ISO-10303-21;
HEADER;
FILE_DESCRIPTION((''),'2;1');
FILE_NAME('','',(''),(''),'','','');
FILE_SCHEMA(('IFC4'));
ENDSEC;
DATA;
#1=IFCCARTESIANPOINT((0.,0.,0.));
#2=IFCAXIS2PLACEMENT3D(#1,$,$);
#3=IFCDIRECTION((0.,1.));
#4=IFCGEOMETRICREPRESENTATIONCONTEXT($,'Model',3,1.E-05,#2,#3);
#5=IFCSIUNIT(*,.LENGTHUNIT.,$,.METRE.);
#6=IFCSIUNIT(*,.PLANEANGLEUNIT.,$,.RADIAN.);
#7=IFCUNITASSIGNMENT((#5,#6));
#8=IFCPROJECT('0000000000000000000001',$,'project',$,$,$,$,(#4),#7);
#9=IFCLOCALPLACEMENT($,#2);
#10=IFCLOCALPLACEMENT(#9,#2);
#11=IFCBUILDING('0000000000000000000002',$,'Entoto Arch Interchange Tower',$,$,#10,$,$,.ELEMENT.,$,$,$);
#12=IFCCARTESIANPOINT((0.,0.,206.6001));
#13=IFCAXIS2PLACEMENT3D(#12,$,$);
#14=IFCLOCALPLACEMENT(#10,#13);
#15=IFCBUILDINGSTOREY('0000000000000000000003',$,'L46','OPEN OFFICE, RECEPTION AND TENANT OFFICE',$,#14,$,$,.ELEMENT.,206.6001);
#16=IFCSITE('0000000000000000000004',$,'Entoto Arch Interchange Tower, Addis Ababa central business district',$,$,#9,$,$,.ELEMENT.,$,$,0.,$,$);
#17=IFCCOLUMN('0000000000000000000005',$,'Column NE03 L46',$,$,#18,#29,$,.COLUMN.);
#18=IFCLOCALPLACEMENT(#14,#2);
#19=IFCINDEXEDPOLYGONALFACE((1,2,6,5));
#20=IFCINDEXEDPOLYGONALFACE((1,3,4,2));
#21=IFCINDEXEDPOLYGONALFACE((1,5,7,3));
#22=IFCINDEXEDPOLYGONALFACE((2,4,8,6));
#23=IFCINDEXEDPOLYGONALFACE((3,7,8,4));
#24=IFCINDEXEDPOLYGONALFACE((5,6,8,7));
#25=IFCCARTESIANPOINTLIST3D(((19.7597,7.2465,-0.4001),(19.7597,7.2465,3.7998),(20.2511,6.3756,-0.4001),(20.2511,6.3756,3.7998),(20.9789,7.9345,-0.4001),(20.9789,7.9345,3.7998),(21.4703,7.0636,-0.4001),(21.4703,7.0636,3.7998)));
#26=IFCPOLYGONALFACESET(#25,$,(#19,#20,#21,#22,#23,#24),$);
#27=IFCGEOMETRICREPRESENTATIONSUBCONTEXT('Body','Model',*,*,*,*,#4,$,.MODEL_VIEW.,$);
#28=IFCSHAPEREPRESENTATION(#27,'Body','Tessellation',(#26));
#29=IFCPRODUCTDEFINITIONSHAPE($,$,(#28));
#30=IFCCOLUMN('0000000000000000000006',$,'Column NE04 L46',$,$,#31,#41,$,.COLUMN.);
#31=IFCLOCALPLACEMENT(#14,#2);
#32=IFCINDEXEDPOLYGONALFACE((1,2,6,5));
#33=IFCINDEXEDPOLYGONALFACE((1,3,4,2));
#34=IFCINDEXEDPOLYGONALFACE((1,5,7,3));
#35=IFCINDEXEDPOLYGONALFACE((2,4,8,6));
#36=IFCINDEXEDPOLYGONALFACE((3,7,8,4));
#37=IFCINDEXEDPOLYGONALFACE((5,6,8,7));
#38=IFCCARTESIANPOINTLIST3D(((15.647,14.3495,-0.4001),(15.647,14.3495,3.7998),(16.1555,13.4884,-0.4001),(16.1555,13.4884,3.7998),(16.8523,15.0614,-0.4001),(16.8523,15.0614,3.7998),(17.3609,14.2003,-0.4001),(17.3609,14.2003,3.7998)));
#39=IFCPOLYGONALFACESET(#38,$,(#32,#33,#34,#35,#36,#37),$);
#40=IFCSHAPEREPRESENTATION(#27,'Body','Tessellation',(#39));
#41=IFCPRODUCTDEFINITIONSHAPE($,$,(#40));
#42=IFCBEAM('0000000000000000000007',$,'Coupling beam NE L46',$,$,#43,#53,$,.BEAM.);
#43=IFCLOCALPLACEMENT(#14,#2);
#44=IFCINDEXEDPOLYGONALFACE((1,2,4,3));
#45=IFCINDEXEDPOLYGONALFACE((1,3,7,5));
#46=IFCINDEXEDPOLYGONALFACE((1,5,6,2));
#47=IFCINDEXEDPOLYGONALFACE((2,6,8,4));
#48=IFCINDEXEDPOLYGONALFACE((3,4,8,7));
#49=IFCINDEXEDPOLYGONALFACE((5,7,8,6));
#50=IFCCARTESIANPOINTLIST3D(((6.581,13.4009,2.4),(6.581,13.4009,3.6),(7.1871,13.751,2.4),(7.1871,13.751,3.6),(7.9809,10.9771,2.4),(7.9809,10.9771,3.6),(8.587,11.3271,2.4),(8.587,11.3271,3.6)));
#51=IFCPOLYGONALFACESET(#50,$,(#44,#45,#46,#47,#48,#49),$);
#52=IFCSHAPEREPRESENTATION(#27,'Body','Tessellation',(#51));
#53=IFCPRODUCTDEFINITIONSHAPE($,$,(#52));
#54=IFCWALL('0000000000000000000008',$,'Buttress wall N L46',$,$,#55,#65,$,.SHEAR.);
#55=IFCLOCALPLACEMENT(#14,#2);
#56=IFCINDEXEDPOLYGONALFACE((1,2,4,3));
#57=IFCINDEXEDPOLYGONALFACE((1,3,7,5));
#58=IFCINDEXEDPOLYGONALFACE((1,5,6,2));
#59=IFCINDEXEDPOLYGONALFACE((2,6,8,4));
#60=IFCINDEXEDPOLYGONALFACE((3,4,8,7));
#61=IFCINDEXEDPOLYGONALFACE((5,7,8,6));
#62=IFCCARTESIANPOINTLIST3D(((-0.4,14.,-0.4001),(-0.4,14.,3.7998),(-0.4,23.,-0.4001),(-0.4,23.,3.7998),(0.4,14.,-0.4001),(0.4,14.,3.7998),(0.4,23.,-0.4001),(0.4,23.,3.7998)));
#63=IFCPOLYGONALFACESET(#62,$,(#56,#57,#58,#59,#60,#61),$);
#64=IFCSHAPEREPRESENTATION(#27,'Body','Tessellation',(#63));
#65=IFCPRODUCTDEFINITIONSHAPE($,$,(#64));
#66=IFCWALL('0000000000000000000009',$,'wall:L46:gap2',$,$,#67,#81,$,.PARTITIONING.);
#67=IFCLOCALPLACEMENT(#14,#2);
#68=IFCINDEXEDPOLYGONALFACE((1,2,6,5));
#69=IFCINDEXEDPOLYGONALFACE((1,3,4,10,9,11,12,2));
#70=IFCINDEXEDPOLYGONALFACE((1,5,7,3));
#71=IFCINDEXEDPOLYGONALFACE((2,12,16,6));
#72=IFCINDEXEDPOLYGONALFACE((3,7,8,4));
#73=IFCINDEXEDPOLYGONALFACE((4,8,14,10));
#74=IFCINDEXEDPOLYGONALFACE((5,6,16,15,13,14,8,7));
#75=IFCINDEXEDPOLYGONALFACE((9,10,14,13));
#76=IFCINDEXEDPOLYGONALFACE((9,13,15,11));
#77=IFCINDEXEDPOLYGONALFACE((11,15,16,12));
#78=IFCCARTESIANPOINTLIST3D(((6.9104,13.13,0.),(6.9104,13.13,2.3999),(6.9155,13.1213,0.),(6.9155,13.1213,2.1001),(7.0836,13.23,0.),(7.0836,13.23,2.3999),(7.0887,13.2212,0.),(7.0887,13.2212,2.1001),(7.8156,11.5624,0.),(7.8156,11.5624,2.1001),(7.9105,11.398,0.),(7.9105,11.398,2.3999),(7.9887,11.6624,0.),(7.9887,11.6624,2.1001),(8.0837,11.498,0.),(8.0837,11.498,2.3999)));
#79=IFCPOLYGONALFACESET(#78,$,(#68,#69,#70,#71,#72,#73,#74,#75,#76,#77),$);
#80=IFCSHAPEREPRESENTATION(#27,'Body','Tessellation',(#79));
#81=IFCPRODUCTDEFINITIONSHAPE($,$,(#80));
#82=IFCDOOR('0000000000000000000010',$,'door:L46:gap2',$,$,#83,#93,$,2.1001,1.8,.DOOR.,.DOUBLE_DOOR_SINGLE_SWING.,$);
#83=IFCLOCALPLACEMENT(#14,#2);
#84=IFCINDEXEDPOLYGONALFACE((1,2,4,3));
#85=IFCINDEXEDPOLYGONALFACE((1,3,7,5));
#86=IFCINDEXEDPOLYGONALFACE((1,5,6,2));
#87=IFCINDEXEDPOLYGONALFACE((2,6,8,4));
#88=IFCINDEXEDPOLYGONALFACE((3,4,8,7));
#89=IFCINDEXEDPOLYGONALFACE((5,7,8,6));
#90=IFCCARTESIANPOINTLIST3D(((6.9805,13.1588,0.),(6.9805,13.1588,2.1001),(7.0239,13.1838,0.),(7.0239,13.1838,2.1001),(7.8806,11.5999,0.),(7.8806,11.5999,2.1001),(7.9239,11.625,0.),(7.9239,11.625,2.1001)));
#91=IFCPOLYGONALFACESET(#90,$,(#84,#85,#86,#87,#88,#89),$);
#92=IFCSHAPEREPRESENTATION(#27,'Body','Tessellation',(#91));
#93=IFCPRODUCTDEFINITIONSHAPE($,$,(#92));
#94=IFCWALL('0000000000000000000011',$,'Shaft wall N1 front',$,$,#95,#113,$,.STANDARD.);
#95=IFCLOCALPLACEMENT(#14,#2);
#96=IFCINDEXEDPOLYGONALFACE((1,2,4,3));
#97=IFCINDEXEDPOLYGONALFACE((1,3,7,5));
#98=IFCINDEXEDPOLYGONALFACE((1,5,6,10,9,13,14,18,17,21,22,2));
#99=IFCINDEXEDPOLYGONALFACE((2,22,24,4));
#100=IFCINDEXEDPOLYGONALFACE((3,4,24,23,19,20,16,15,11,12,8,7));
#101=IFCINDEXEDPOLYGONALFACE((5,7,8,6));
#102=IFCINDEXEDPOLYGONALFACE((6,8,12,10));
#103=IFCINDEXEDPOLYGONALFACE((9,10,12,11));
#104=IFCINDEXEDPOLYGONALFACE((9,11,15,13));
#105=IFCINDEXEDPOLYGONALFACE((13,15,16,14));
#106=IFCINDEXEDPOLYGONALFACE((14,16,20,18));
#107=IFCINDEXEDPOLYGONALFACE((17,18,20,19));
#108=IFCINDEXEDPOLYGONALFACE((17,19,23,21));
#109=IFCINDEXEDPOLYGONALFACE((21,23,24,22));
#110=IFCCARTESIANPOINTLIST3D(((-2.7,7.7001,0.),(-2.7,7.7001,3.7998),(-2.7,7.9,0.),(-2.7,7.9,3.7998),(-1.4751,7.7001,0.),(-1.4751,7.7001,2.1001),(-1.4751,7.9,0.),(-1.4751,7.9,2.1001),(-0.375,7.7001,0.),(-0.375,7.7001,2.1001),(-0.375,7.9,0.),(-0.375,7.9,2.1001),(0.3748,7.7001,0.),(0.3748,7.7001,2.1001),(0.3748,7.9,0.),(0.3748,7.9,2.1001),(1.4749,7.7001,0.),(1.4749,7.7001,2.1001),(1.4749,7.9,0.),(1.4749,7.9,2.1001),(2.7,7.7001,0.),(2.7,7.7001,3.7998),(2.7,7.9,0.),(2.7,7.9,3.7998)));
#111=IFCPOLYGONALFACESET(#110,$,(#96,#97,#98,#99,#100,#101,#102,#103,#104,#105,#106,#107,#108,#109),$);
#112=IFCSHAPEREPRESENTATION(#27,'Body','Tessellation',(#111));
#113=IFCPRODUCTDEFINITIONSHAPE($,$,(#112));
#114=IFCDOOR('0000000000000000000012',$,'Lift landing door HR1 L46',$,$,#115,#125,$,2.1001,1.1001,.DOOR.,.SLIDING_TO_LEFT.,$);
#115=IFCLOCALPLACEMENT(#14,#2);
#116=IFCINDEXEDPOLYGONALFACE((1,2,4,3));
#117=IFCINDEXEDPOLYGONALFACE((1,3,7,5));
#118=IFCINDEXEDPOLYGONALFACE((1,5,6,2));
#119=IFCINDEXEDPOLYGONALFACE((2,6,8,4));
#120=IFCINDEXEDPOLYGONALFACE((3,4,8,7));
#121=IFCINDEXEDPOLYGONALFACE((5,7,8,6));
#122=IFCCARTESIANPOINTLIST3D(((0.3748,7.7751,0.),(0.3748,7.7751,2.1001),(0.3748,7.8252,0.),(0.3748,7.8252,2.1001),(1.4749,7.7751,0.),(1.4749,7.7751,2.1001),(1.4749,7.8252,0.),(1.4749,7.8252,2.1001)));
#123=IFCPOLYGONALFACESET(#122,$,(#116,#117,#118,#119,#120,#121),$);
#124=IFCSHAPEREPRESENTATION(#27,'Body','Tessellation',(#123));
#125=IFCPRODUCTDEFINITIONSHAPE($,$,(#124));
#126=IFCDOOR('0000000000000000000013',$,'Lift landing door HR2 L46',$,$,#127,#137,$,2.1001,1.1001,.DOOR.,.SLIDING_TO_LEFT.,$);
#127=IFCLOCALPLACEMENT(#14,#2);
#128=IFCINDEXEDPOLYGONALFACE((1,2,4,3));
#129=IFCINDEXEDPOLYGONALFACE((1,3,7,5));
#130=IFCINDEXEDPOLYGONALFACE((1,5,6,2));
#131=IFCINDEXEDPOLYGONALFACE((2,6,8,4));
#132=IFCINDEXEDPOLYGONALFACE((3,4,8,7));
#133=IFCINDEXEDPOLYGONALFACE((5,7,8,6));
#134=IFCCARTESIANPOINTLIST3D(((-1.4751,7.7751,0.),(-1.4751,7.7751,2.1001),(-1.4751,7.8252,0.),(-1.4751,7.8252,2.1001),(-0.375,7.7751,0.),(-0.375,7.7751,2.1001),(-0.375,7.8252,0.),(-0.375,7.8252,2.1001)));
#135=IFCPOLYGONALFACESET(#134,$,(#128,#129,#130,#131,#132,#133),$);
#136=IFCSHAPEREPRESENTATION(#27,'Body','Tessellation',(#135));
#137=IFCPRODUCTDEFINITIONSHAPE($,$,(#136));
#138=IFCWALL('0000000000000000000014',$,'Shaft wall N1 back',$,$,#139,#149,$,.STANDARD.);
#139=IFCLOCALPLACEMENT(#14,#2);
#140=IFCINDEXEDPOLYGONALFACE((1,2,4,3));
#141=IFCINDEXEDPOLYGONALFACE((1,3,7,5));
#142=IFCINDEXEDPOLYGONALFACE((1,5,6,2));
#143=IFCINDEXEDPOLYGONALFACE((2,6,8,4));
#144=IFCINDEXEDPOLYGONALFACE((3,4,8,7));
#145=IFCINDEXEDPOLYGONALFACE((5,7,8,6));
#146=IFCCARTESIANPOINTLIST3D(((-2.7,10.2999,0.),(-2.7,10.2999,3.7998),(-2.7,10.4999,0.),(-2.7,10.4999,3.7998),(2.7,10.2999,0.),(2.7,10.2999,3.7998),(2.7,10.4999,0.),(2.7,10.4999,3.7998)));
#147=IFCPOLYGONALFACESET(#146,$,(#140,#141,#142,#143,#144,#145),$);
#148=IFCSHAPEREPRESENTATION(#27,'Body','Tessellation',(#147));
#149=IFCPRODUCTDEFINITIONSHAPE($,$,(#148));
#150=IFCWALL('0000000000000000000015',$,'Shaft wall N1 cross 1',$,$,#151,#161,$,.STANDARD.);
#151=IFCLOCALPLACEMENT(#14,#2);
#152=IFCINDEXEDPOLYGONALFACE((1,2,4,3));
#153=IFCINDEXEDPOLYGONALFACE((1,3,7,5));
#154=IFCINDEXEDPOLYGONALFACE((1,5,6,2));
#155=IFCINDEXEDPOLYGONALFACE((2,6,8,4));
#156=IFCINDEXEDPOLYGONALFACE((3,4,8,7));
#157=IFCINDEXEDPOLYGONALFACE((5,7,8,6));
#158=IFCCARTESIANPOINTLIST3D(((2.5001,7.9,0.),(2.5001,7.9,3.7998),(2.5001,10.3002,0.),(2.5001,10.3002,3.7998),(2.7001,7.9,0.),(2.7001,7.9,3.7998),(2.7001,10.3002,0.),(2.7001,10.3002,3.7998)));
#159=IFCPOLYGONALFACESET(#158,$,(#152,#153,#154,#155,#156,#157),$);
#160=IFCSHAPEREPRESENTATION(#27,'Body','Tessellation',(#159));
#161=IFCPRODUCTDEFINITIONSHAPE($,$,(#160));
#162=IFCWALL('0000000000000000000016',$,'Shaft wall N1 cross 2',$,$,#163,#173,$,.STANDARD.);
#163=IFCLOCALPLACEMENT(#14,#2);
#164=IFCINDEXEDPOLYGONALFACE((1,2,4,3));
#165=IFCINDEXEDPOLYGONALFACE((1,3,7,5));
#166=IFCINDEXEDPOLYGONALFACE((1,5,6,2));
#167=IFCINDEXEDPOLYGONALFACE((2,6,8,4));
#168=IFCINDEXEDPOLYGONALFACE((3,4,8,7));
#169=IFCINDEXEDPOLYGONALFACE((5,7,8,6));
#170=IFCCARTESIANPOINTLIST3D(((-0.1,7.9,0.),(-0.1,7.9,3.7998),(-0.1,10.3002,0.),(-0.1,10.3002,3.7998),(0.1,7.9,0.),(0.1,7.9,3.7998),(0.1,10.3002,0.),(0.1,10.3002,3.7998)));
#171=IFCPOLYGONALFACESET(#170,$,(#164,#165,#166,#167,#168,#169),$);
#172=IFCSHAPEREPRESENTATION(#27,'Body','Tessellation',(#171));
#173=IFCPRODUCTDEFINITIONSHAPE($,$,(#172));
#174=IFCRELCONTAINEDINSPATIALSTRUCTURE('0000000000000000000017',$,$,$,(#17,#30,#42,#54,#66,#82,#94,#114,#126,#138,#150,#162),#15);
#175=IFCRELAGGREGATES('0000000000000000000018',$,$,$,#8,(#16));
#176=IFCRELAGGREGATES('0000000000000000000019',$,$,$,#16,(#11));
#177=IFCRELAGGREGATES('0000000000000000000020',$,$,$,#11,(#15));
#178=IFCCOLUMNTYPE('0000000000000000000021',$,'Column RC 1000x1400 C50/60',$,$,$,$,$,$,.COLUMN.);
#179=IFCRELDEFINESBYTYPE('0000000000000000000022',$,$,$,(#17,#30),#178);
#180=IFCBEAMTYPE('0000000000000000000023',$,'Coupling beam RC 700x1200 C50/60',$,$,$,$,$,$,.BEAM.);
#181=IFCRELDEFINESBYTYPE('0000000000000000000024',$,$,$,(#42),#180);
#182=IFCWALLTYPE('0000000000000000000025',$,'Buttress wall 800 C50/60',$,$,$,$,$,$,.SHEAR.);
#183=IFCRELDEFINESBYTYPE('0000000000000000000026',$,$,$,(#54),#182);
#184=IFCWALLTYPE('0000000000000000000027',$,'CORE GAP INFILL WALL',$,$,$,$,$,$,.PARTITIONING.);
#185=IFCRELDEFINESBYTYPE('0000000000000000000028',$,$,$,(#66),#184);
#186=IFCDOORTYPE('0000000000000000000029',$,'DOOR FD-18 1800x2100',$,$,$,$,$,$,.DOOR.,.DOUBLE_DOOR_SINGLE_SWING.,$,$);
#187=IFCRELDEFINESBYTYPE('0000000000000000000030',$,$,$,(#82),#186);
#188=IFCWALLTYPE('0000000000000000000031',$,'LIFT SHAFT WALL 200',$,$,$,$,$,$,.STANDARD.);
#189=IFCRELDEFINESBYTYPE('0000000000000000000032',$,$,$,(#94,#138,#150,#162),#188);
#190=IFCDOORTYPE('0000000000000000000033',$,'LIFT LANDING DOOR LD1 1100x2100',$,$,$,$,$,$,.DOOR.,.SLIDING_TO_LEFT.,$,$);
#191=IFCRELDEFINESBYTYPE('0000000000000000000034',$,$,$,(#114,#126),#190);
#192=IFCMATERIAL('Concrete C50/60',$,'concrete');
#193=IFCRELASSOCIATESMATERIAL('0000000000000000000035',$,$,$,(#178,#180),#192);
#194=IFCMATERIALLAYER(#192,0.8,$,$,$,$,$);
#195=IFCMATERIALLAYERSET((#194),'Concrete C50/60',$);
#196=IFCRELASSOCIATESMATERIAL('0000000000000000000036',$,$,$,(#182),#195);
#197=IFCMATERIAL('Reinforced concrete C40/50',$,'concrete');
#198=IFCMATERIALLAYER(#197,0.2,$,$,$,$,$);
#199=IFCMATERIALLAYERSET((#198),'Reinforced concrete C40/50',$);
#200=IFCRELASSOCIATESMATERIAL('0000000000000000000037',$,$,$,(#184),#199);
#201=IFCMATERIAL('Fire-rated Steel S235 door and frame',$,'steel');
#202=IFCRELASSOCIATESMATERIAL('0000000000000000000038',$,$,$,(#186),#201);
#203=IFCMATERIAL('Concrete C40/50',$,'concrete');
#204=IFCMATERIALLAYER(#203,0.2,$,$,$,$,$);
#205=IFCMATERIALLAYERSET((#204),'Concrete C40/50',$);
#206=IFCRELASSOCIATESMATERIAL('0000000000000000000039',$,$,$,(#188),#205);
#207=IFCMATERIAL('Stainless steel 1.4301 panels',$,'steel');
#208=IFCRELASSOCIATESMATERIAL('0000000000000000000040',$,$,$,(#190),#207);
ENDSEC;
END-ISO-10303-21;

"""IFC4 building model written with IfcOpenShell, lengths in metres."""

from ifc_helpers import new_model, si_unit, direction, frame, frame_2d, origin, origin_2d, place, context, subcontext, project, spatial, rectangle, extrude, material, layer, layer_set, material_profile, profile_set, type_object, element, fill, save


model = new_model("IFC4")

# Units and contexts
model_context = context("Model", 3, precision=1e-05, world=origin(), true_north=direction((0.0, 1.0)))
body_context = subcontext(model_context, "Body", "Model", "MODEL_VIEW")
ifc_project = project(units=[si_unit("LENGTHUNIT", "METRE"), si_unit("PLANEANGLEUNIT", "RADIAN")], contexts=[model_context])

# Site, building, storey
site_placement = place(None, origin())
site = spatial("IfcSite", under=ifc_project, at=site_placement, Name="Entoto Arch Interchange Tower, Addis Ababa central business district", CompositionType="ELEMENT", RefElevation=0.0)
building_placement = place(site_placement, origin())
building = spatial("IfcBuilding", under=site, at=building_placement, Name="Entoto Arch Interchange Tower", CompositionType="ELEMENT")
storey_placement = place(building_placement, frame((0.0, 0.0, 206.6001)))
storey = spatial("IfcBuildingStorey", under=building, at=storey_placement, Name="L46", Description="OPEN OFFICE, RECEPTION AND TENANT OFFICE", CompositionType="ELEMENT", Elevation=206.6001)

# Columns
ifc_material_1 = material(Name="Concrete C50/60", Category="concrete")
ifc_material_profile_1 = material_profile(ifc_material_1, rectangle(XDim=1.0, YDim=1.3999, at=origin_2d()))
ifc_profile_set_1 = profile_set([ifc_material_profile_1], Name="Concrete C50/60")
column_type = type_object("IfcColumnType", Name="Column RC 1000x1400 C50/60", PredefinedType="COLUMN", material=ifc_profile_set_1)
for number, where, z_axis, x_axis, name in (
    (1, (20.615, 7.155, -0.4001), (0.0, 0.0, 1.0), (-0.491436, 0.870914, 0.0), "Column NE03 L46"),
    (2, (16.5039, 14.2749, -0.4001), (0.0, 0.0, 1.0), (-0.508516, 0.861053, 0.0), "Column NE04 L46"),
):
    element("IfcColumn", number, at=place(storey_placement, frame(where, z_axis=z_axis, x_axis=x_axis)), inside=storey, type_object=column_type, Name=name, PredefinedType="COLUMN", context=body_context, shape_type="SweptSolid", body=[
        extrude(rectangle(XDim=1.0, YDim=1.3999, at=origin_2d()), origin(), (0.0, 0.0, 1.0), 4.2),
    ])

# Beam
ifc_material_profile_2 = material_profile(ifc_material_1, rectangle(XDim=0.7, YDim=1.2, at=origin_2d()))
ifc_profile_set_2 = profile_set([ifc_material_profile_2], Name="Concrete C50/60")
beam_type = type_object("IfcBeamType", Name="Coupling beam RC 700x1200 C50/60", PredefinedType="BEAM", material=ifc_profile_set_2)
beam_placement = place(storey_placement, frame((8.2839, 11.1521, 3.0), z_axis=(-0.500135, 0.865947, 0.0), x_axis=(-0.865947, -0.500135, 0.0)))
element("IfcBeam", 3, at=beam_placement, inside=storey, type_object=beam_type, Name="Coupling beam NE L46", PredefinedType="BEAM", context=body_context, shape_type="SweptSolid", body=[
    extrude(rectangle(XDim=0.7, YDim=1.2, at=origin_2d()), origin(), (0.0, 0.0, 1.0), 2.7991),
])

# Wall
ifc_layer_1 = layer(ifc_material_1, 0.8)
ifc_layer_set_1 = layer_set([ifc_layer_1], Name="Concrete C50/60")
wall_type_1 = type_object("IfcWallType", Name="Buttress wall 800 C50/60", PredefinedType="SHEAR", material=ifc_layer_set_1)
wall_1_placement = place(storey_placement, frame((0.0, 14.0, -0.4001), z_axis=(0.0, 0.0, 1.0), x_axis=(0.0, 1.0, 0.0)))
element("IfcWall", 4, at=wall_1_placement, inside=storey, type_object=wall_type_1, Name="Buttress wall N L46", PredefinedType="SHEAR", context=body_context, shape_type="SweptSolid", body=[
    extrude(rectangle(XDim=9.0, YDim=0.8, at=frame_2d((4.5, 0.0))), origin(), (0.0, 0.0, 1.0), 4.2),
])

# Wall, opening, door
ifc_material_2 = material(Name="Reinforced concrete C40/50", Category="concrete")
ifc_layer_2 = layer(ifc_material_2, 0.2)
ifc_layer_set_2 = layer_set([ifc_layer_2], Name="Reinforced concrete C40/50")
wall_type_2 = type_object("IfcWallType", Name="CORE GAP INFILL WALL", PredefinedType="PARTITIONING", material=ifc_layer_set_2)
wall_2_placement = place(storey_placement, frame((7.9971, 11.448, 0.0), z_axis=(0.0, 0.0, 1.0), x_axis=(-0.500025, 0.866011, 0.0)))
wall_2 = element("IfcWall", 5, at=wall_2_placement, inside=storey, type_object=wall_type_2, Name="wall:L46:gap2", PredefinedType="PARTITIONING", context=body_context, shape_type="SweptSolid", body=[
    extrude(rectangle(XDim=2.0, YDim=0.2, at=frame_2d((1.0, 0.0))), origin(), (0.0, 0.0, 1.0), 2.3999),
])
opening_1_placement = place(wall_2_placement, frame((0.1899, 0.0, 0.0)))
opening_1 = element("IfcOpeningElement", 6, at=opening_1_placement, cuts=wall_2, PredefinedType="OPENING", context=body_context, shape_type="SweptSolid", body=[
    extrude(rectangle(XDim=1.8, YDim=2.1001, at=frame_2d((0.8999, 1.05))), frame((0.0, 0.1099, 0.0), z_axis=(0.0, -1.0, 0.0), x_axis=(1.0, 0.0, 0.0)), (0.0, 0.0, 1.0), 0.22),
])
ifc_material_3 = material(Name="Fire-rated Steel S235 door and frame", Category="steel")
door_type_1 = type_object("IfcDoorType", Name="DOOR FD-18 1800x2100", OperationType="DOUBLE_DOOR_SINGLE_SWING", PredefinedType="DOOR", material=ifc_material_3)
door_1_placement = place(opening_1_placement, origin())
door_1 = element("IfcDoor", 7, at=door_1_placement, inside=storey, type_object=door_type_1, Name="door:L46:gap2", OperationType="DOUBLE_DOOR_SINGLE_SWING", OverallHeight=2.1001, OverallWidth=1.8, PredefinedType="DOOR", context=body_context, shape_type="SweptSolid", body=[
    extrude(rectangle(XDim=1.8, YDim=2.1001, at=frame_2d((0.8999, 1.05))), frame((0.0, 0.0249, 0.0), z_axis=(0.0, -1.0, 0.0), x_axis=(1.0, 0.0, 0.0)), (0.0, 0.0, 1.0), 0.05),
])
fill(opening_1, door_1)

# Wall, openings, doors
ifc_material_4 = material(Name="Concrete C40/50", Category="concrete")
ifc_layer_3 = layer(ifc_material_4, 0.2)
ifc_layer_set_3 = layer_set([ifc_layer_3], Name="Concrete C40/50")
wall_type_3 = type_object("IfcWallType", Name="LIFT SHAFT WALL 200", PredefinedType="STANDARD", material=ifc_layer_set_3)
wall_3_placement = place(storey_placement, frame((2.7, 7.8, 0.0), z_axis=(0.0, 0.0, 1.0), x_axis=(-1.0, 0.0, 0.0)))
wall_3 = element("IfcWall", 8, at=wall_3_placement, inside=storey, type_object=wall_type_3, Name="Shaft wall N1 front", PredefinedType="STANDARD", context=body_context, shape_type="SweptSolid", body=[
    extrude(rectangle(XDim=5.3999, YDim=0.2, at=frame_2d((2.7, 0.0))), origin(), (0.0, 0.0, 1.0), 3.7998),
])
opening_2_placement = place(wall_3_placement, frame((1.2251, 0.0, 0.0)))
opening_2 = element("IfcOpeningElement", 9, at=opening_2_placement, cuts=wall_3, PredefinedType="OPENING", context=body_context, shape_type="SweptSolid", body=[
    extrude(rectangle(XDim=1.1001, YDim=2.1001, at=frame_2d((0.55, 1.05))), frame((0.0, 0.1099, 0.0), z_axis=(0.0, -1.0, 0.0), x_axis=(1.0, 0.0, 0.0)), (0.0, 0.0, 1.0), 0.22),
])
opening_3_placement = place(wall_3_placement, frame((3.075, 0.0, 0.0)))
opening_3 = element("IfcOpeningElement", 10, at=opening_3_placement, cuts=wall_3, PredefinedType="OPENING", context=body_context, shape_type="SweptSolid", body=[
    extrude(rectangle(XDim=1.1001, YDim=2.1001, at=frame_2d((0.55, 1.05))), frame((0.0, 0.1099, 0.0), z_axis=(0.0, -1.0, 0.0), x_axis=(1.0, 0.0, 0.0)), (0.0, 0.0, 1.0), 0.22),
])
ifc_material_5 = material(Name="Stainless steel 1.4301 panels", Category="steel")
door_type_2 = type_object("IfcDoorType", Name="LIFT LANDING DOOR LD1 1100x2100", OperationType="SLIDING_TO_LEFT", PredefinedType="DOOR", material=ifc_material_5)
door_2_placement = place(opening_2_placement, origin())
door_2 = element("IfcDoor", 11, at=door_2_placement, inside=storey, type_object=door_type_2, Name="Lift landing door HR1 L46", OperationType="SLIDING_TO_LEFT", OverallHeight=2.1001, OverallWidth=1.1001, PredefinedType="DOOR", context=body_context, shape_type="SweptSolid", body=[
    extrude(rectangle(XDim=1.1001, YDim=2.1001, at=frame_2d((0.55, 1.05))), frame((0.0, 0.0249, 0.0), z_axis=(0.0, -1.0, 0.0), x_axis=(1.0, 0.0, 0.0)), (0.0, 0.0, 1.0), 0.05),
])
fill(opening_2, door_2)
door_3_placement = place(opening_3_placement, origin())
door_3 = element("IfcDoor", 12, at=door_3_placement, inside=storey, type_object=door_type_2, Name="Lift landing door HR2 L46", OperationType="SLIDING_TO_LEFT", OverallHeight=2.1001, OverallWidth=1.1001, PredefinedType="DOOR", context=body_context, shape_type="SweptSolid", body=[
    extrude(rectangle(XDim=1.1001, YDim=2.1001, at=frame_2d((0.55, 1.05))), frame((0.0, 0.0249, 0.0), z_axis=(0.0, -1.0, 0.0), x_axis=(1.0, 0.0, 0.0)), (0.0, 0.0, 1.0), 0.05),
])
fill(opening_3, door_3)

# Walls
wall_4_placement = place(storey_placement, frame((2.7, 10.3999, 0.0), z_axis=(0.0, 0.0, 1.0), x_axis=(-1.0, 0.0, 0.0)))
element("IfcWall", 13, at=wall_4_placement, inside=storey, type_object=wall_type_3, Name="Shaft wall N1 back", PredefinedType="STANDARD", context=body_context, shape_type="SweptSolid", body=[
    extrude(rectangle(XDim=5.3999, YDim=0.2, at=frame_2d((2.7, 0.0))), origin(), (0.0, 0.0, 1.0), 3.7998),
])
for number, where, z_axis, x_axis, name in (
    (14, (2.6001, 7.8999, 0.0), (0.0, 0.0, 1.0), (0.0, 1.0, 0.0), "Shaft wall N1 cross 1"),
    (15, (0.0, 7.8999, 0.0), (0.0, 0.0, 1.0), (0.0, 1.0, 0.0), "Shaft wall N1 cross 2"),
):
    element("IfcWall", number, at=place(storey_placement, frame(where, z_axis=z_axis, x_axis=x_axis)), inside=storey, type_object=wall_type_3, Name=name, PredefinedType="STANDARD", context=body_context, shape_type="SweptSolid", body=[
        extrude(rectangle(XDim=2.4001, YDim=0.2, at=frame_2d((1.2002, 0.0))), origin(), (0.0, 0.0, 1.0), 3.7998),
    ])

save(model, "model.ifc")
